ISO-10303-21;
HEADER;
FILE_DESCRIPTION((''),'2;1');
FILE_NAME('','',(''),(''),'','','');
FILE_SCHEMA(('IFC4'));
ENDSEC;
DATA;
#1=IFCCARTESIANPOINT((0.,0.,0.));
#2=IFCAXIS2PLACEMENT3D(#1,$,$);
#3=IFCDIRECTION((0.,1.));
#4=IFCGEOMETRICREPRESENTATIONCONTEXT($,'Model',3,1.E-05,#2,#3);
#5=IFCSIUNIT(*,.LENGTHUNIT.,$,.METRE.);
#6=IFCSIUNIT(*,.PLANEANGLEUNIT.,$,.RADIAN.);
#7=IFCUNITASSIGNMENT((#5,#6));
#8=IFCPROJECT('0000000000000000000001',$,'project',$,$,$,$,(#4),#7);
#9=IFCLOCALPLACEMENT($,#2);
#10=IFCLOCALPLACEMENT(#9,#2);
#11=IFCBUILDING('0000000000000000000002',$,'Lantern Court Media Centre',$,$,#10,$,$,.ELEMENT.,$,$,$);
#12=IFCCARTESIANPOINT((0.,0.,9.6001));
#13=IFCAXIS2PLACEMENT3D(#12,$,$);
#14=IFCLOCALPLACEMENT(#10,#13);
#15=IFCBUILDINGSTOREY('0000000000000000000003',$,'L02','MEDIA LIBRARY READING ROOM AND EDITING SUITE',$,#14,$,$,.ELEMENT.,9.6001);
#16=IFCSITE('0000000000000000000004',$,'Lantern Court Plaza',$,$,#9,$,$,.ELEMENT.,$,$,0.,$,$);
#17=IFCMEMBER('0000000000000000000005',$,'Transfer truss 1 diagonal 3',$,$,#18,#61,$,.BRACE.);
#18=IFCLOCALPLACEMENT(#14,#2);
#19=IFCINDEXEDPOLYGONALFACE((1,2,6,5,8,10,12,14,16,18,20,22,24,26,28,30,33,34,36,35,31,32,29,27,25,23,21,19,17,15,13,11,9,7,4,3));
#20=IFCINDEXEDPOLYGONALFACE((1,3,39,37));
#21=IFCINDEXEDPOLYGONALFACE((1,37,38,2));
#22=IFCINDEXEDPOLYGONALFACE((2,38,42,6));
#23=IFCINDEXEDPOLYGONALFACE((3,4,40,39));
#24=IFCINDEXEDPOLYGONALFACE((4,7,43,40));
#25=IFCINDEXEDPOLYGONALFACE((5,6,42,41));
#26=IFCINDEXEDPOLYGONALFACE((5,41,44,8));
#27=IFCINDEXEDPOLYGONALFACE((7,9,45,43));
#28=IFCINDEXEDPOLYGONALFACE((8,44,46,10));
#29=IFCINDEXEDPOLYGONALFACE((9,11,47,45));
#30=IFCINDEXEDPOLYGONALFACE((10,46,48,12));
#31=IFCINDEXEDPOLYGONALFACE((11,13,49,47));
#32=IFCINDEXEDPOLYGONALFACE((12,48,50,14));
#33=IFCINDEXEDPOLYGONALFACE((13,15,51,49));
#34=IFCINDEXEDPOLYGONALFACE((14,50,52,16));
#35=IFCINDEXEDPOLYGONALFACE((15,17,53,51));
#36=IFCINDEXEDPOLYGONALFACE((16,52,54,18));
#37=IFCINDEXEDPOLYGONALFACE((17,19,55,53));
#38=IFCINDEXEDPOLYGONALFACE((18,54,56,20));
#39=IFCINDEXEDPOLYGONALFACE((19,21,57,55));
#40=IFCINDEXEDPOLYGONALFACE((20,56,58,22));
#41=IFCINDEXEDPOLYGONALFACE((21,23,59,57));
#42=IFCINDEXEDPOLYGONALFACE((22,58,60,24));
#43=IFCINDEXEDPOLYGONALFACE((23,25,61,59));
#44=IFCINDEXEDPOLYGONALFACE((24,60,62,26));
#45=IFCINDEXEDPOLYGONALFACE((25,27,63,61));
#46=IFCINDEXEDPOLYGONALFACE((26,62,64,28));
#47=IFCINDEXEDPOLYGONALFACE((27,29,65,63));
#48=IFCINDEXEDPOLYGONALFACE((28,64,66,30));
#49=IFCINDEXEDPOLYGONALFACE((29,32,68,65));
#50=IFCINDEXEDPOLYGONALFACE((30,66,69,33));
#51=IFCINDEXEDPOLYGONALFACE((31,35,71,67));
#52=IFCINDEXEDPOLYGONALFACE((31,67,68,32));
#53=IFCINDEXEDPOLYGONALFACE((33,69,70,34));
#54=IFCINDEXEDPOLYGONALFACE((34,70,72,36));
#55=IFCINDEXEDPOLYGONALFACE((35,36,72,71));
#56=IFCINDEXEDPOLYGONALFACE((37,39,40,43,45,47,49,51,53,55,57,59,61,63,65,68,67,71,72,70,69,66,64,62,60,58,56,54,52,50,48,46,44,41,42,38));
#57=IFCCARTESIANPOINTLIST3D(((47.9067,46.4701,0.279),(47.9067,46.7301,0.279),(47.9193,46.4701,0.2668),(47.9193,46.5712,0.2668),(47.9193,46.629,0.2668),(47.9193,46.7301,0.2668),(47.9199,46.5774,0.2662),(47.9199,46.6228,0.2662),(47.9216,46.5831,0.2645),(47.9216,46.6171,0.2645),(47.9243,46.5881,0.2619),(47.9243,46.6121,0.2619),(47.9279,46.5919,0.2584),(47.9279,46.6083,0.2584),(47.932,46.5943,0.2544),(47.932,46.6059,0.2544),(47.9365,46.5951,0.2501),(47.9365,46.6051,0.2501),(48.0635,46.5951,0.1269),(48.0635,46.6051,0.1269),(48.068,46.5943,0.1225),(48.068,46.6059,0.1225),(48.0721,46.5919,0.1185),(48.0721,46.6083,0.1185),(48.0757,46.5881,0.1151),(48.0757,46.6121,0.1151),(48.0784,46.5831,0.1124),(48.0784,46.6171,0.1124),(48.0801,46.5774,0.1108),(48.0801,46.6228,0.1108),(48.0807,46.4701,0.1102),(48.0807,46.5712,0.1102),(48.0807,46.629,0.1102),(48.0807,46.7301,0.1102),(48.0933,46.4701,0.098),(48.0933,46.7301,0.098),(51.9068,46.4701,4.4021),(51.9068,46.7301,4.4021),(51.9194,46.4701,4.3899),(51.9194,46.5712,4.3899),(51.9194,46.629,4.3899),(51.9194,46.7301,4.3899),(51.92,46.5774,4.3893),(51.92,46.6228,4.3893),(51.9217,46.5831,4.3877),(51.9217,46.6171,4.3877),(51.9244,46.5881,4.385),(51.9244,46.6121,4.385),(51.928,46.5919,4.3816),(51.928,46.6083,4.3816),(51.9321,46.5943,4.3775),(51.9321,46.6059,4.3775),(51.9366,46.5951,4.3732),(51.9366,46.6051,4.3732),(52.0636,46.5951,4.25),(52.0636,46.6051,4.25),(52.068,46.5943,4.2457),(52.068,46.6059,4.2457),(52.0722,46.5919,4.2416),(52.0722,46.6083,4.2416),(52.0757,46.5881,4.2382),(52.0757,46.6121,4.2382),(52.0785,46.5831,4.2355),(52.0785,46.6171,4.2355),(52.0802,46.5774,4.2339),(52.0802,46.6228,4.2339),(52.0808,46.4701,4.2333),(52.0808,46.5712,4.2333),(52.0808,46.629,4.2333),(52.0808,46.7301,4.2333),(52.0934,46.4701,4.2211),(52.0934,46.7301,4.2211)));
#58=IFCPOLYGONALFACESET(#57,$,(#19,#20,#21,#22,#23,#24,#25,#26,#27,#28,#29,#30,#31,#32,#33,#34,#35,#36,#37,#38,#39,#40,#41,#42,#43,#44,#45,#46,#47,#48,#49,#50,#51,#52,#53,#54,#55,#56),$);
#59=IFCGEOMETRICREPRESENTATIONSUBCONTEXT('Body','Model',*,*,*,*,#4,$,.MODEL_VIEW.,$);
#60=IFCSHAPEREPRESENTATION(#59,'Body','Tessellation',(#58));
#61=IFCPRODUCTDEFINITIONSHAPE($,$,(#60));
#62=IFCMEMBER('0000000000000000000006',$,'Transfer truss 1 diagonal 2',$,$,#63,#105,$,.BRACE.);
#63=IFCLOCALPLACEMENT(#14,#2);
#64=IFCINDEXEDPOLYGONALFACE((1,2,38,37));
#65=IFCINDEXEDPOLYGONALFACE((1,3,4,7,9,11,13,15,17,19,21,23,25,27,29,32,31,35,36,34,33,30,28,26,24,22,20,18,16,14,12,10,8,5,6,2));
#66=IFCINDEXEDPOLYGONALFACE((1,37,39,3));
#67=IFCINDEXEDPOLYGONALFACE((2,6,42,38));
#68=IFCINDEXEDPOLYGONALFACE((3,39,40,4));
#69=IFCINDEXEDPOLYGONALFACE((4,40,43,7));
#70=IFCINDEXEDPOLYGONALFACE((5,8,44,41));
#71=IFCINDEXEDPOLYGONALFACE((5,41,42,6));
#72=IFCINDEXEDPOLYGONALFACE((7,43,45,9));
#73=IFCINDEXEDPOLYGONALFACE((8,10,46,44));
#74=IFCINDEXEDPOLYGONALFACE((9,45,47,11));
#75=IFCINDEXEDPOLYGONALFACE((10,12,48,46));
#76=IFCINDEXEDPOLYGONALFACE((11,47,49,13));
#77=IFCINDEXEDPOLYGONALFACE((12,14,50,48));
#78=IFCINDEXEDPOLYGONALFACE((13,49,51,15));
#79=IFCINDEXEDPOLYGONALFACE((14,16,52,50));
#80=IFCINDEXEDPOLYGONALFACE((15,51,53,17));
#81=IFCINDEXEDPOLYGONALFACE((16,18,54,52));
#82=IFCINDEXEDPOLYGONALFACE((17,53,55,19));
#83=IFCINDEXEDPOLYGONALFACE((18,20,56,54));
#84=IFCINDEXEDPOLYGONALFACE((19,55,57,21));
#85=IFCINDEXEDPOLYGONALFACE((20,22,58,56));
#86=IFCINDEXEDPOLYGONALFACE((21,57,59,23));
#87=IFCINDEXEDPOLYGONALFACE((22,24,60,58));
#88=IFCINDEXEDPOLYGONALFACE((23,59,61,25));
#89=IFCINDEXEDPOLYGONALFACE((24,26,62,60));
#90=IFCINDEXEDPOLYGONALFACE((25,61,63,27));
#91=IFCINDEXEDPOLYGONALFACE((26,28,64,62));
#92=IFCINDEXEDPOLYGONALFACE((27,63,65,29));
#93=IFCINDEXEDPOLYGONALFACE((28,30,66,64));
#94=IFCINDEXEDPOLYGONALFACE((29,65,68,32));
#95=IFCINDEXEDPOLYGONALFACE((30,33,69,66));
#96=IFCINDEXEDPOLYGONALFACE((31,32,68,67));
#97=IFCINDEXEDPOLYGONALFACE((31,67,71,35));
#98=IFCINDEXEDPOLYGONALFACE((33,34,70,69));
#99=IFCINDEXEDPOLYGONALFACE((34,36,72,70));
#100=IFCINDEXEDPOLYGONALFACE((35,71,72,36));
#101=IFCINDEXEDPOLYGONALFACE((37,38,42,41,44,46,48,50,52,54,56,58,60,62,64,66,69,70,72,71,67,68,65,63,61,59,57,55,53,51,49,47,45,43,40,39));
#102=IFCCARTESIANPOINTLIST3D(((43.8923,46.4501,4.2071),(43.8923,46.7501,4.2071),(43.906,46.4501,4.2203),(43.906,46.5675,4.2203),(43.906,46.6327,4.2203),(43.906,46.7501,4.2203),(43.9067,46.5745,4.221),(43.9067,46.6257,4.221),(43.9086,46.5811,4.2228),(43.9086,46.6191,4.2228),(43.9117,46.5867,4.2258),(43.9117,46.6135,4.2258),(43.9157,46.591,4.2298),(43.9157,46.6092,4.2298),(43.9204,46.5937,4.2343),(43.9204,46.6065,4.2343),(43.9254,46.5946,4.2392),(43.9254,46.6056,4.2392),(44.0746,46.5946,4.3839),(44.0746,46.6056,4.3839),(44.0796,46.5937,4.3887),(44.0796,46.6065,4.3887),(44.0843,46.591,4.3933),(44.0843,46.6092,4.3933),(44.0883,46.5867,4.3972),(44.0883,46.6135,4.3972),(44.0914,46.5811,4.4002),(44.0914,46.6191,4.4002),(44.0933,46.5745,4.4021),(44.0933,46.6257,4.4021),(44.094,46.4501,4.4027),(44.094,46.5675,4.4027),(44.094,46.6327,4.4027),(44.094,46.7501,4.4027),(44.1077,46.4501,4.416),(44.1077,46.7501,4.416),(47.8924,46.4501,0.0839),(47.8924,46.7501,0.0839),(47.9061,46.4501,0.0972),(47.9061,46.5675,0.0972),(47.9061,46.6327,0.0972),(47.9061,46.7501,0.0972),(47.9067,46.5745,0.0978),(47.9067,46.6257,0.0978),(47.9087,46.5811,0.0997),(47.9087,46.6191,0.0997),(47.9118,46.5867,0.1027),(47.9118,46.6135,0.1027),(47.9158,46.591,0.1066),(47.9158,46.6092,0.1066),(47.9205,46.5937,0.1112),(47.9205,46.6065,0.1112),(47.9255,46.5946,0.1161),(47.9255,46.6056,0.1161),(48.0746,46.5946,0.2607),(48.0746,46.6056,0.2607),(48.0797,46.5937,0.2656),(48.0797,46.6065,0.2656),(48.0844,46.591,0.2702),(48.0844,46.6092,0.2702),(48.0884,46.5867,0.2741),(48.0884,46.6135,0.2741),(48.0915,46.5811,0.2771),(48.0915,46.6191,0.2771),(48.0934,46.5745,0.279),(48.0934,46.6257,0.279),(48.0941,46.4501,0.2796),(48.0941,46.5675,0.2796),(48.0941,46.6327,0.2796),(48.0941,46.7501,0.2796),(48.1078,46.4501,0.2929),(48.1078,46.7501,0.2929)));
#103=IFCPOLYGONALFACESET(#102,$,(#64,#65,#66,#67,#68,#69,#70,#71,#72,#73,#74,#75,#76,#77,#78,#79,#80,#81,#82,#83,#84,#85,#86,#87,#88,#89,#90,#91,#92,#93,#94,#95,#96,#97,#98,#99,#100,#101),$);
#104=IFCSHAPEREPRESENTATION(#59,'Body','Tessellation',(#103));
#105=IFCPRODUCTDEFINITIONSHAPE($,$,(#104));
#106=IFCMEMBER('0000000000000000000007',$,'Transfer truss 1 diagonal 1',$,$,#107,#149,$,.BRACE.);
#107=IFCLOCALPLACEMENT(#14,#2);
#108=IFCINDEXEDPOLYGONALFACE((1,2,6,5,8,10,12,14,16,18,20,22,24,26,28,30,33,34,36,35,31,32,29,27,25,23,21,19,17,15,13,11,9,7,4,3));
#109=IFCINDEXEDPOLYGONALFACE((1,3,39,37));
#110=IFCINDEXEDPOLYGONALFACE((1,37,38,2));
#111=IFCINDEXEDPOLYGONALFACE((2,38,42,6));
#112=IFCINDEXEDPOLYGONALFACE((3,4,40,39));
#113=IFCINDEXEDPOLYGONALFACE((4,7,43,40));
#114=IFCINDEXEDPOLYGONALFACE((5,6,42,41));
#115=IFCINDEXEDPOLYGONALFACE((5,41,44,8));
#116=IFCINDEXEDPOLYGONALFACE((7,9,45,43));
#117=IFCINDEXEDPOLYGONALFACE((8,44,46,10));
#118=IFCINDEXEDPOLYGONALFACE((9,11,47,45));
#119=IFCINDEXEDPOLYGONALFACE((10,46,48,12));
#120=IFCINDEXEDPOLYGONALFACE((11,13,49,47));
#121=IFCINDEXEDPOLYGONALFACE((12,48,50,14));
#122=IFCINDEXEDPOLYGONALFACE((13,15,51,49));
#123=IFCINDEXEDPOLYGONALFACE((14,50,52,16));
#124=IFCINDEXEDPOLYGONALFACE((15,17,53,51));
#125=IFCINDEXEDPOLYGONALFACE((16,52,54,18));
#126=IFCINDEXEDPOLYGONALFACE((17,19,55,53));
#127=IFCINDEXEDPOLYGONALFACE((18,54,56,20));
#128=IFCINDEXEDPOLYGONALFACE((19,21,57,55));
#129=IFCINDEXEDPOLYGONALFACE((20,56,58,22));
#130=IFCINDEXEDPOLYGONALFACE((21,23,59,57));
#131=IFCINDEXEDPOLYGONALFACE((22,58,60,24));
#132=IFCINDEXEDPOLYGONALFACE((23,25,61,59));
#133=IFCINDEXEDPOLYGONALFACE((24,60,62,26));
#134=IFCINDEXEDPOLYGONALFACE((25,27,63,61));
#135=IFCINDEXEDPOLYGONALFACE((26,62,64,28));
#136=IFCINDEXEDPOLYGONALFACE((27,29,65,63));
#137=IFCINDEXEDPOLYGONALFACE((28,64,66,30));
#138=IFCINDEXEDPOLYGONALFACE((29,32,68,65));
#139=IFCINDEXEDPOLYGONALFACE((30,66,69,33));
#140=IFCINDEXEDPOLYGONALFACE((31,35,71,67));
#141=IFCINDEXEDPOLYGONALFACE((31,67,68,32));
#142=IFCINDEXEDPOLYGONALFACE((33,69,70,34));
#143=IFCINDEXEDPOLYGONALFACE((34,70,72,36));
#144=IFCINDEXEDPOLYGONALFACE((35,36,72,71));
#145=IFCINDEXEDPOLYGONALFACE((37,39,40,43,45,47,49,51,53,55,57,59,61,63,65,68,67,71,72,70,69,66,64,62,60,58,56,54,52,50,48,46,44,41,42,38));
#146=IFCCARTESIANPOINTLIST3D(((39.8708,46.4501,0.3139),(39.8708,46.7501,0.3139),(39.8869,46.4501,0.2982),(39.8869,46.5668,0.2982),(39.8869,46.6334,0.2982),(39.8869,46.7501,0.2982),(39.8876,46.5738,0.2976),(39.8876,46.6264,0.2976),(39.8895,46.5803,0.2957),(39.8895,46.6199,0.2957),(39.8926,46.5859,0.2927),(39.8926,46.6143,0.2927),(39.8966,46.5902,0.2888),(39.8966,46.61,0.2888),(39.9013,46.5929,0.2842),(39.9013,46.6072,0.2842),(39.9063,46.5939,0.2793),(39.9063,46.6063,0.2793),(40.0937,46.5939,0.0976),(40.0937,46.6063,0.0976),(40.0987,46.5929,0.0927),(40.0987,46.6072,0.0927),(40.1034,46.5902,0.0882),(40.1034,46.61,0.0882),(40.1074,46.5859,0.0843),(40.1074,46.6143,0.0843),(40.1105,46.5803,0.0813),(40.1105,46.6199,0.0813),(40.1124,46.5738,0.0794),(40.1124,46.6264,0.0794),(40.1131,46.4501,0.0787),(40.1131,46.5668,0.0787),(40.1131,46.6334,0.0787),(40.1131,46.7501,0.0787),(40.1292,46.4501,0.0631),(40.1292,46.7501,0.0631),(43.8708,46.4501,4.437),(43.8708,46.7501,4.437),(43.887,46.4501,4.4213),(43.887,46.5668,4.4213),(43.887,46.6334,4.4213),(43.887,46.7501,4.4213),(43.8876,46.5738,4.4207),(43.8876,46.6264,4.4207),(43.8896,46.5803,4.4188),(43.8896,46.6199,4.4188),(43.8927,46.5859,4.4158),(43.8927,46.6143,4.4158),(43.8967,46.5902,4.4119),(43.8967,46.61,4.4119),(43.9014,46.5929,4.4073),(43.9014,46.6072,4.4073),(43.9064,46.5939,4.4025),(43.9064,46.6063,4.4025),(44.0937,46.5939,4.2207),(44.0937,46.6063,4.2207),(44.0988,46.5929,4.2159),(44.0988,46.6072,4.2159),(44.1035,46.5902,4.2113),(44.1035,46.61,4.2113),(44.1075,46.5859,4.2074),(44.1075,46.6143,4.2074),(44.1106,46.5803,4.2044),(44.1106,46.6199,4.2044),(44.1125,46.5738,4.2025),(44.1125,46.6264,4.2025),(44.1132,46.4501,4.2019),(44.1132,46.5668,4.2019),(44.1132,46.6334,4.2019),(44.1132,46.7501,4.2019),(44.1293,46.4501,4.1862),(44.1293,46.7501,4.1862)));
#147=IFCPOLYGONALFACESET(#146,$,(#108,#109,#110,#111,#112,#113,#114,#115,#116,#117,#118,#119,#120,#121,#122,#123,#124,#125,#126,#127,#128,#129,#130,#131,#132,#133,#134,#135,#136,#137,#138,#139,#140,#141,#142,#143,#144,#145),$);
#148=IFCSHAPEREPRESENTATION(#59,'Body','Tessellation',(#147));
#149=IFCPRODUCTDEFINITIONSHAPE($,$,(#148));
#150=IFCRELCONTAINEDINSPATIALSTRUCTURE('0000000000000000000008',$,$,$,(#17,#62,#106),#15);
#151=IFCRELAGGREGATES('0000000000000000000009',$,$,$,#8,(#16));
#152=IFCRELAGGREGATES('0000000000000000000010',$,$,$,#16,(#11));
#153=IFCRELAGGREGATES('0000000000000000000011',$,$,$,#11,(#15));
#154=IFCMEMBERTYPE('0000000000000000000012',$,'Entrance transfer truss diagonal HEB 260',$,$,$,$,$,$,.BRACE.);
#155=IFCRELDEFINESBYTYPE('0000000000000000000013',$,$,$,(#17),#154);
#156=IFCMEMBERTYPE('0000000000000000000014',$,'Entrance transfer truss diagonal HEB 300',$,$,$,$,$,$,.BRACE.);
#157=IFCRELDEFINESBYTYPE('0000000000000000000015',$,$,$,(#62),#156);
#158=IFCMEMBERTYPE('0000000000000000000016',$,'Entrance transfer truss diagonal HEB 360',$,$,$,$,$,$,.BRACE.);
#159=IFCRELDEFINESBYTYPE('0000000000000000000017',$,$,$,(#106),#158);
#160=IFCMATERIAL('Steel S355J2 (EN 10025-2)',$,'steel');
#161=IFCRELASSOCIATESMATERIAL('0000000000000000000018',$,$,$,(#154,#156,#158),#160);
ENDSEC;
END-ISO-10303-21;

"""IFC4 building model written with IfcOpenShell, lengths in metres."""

from ifc_helpers import new_model, si_unit, direction, frame, origin, origin_2d, place, context, subcontext, project, spatial, i_section, extrude, material, material_profile, profile_set, type_object, element, save


model = new_model("IFC4")

# Units and contexts
model_context = context("Model", 3, precision=1e-05, world=origin(), true_north=direction((0.0, 1.0)))
body_context = subcontext(model_context, "Body", "Model", "MODEL_VIEW")
ifc_project = project(units=[si_unit("LENGTHUNIT", "METRE"), si_unit("PLANEANGLEUNIT", "RADIAN")], contexts=[model_context])

# Site, building, storey
site_placement = place(None, origin())
site = spatial("IfcSite", under=ifc_project, at=site_placement, Name="Lantern Court Plaza", CompositionType="ELEMENT", RefElevation=0.0)
building_placement = place(site_placement, origin())
building = spatial("IfcBuilding", under=site, at=building_placement, Name="Lantern Court Media Centre", CompositionType="ELEMENT")
storey_placement = place(building_placement, frame((0.0, 0.0, 9.6001)))
storey = spatial("IfcBuildingStorey", under=building, at=storey_placement, Name="L02", Description="MEDIA LIBRARY READING ROOM AND EDITING SUITE", CompositionType="ELEMENT", Elevation=9.6001)

# Members
ifc_material_1 = material(Name="Steel S355J2 (EN 10025-2)", Category="steel")
ifc_material_profile_1 = material_profile(ifc_material_1, i_section(OverallWidth=0.26, OverallDepth=0.26, WebThickness=0.01, FlangeThickness=0.0176, FilletRadius=0.0239, at=origin_2d()), Name="HEB 260")
ifc_profile_set_1 = profile_set([ifc_material_profile_1], Name="Steel S355J2 (EN 10025-2)")
member_type_1 = type_object("IfcMemberType", Name="Entrance transfer truss diagonal HEB 260", PredefinedType="BRACE", material=ifc_profile_set_1)
member_1_placement = place(storey_placement, frame((48.0, 46.6001, 0.1885), z_axis=(0.696316, 0.0, 0.717736), x_axis=(0.0, 1.0, 0.0)))
element("IfcMember", 1, at=member_1_placement, inside=storey, type_object=member_type_1, Name="Transfer truss 1 diagonal 3", PredefinedType="BRACE", context=body_context, shape_type="SweptSolid", body=[
    extrude(i_section(OverallWidth=0.26, OverallDepth=0.26, WebThickness=0.01, FlangeThickness=0.0176, FilletRadius=0.0239, at=origin_2d()), origin(), (0.0, 0.0, 1.0), 5.7446),
])
ifc_material_profile_2 = material_profile(ifc_material_1, i_section(OverallWidth=0.3, OverallDepth=0.3, WebThickness=0.011, FlangeThickness=0.019, FilletRadius=0.0271, at=origin_2d()), Name="HEB 300")
ifc_profile_set_2 = profile_set([ifc_material_profile_2], Name="Steel S355J2 (EN 10025-2)")
member_type_2 = type_object("IfcMemberType", Name="Entrance transfer truss diagonal HEB 300", PredefinedType="BRACE", material=ifc_profile_set_2)
member_2_placement = place(storey_placement, frame((44.0, 46.6001, 4.3115), z_axis=(0.696316, 0.0, -0.717736), x_axis=(0.0, 1.0, 0.0)))
element("IfcMember", 2, at=member_2_placement, inside=storey, type_object=member_type_2, Name="Transfer truss 1 diagonal 2", PredefinedType="BRACE", context=body_context, shape_type="SweptSolid", body=[
    extrude(i_section(OverallWidth=0.3, OverallDepth=0.3, WebThickness=0.011, FlangeThickness=0.019, FilletRadius=0.0271, at=origin_2d()), origin(), (0.0, 0.0, 1.0), 5.7446),
])
ifc_material_profile_3 = material_profile(ifc_material_1, i_section(OverallWidth=0.3, OverallDepth=0.3601, WebThickness=0.0125, FlangeThickness=0.0225, FilletRadius=0.0271, at=origin_2d()), Name="HEB 360")
ifc_profile_set_3 = profile_set([ifc_material_profile_3], Name="Steel S355J2 (EN 10025-2)")
member_type_3 = type_object("IfcMemberType", Name="Entrance transfer truss diagonal HEB 360", PredefinedType="BRACE", material=ifc_profile_set_3)
member_3_placement = place(storey_placement, frame((40.0, 46.6001, 0.1885), z_axis=(0.696316, 0.0, 0.717736), x_axis=(0.0, 1.0, 0.0)))
element("IfcMember", 3, at=member_3_placement, inside=storey, type_object=member_type_3, Name="Transfer truss 1 diagonal 1", PredefinedType="BRACE", context=body_context, shape_type="SweptSolid", body=[
    extrude(i_section(OverallWidth=0.3, OverallDepth=0.3601, WebThickness=0.0125, FlangeThickness=0.0225, FilletRadius=0.0271, at=origin_2d()), origin(), (0.0, 0.0, 1.0), 5.7446),
])

save(model, "model.ifc")
